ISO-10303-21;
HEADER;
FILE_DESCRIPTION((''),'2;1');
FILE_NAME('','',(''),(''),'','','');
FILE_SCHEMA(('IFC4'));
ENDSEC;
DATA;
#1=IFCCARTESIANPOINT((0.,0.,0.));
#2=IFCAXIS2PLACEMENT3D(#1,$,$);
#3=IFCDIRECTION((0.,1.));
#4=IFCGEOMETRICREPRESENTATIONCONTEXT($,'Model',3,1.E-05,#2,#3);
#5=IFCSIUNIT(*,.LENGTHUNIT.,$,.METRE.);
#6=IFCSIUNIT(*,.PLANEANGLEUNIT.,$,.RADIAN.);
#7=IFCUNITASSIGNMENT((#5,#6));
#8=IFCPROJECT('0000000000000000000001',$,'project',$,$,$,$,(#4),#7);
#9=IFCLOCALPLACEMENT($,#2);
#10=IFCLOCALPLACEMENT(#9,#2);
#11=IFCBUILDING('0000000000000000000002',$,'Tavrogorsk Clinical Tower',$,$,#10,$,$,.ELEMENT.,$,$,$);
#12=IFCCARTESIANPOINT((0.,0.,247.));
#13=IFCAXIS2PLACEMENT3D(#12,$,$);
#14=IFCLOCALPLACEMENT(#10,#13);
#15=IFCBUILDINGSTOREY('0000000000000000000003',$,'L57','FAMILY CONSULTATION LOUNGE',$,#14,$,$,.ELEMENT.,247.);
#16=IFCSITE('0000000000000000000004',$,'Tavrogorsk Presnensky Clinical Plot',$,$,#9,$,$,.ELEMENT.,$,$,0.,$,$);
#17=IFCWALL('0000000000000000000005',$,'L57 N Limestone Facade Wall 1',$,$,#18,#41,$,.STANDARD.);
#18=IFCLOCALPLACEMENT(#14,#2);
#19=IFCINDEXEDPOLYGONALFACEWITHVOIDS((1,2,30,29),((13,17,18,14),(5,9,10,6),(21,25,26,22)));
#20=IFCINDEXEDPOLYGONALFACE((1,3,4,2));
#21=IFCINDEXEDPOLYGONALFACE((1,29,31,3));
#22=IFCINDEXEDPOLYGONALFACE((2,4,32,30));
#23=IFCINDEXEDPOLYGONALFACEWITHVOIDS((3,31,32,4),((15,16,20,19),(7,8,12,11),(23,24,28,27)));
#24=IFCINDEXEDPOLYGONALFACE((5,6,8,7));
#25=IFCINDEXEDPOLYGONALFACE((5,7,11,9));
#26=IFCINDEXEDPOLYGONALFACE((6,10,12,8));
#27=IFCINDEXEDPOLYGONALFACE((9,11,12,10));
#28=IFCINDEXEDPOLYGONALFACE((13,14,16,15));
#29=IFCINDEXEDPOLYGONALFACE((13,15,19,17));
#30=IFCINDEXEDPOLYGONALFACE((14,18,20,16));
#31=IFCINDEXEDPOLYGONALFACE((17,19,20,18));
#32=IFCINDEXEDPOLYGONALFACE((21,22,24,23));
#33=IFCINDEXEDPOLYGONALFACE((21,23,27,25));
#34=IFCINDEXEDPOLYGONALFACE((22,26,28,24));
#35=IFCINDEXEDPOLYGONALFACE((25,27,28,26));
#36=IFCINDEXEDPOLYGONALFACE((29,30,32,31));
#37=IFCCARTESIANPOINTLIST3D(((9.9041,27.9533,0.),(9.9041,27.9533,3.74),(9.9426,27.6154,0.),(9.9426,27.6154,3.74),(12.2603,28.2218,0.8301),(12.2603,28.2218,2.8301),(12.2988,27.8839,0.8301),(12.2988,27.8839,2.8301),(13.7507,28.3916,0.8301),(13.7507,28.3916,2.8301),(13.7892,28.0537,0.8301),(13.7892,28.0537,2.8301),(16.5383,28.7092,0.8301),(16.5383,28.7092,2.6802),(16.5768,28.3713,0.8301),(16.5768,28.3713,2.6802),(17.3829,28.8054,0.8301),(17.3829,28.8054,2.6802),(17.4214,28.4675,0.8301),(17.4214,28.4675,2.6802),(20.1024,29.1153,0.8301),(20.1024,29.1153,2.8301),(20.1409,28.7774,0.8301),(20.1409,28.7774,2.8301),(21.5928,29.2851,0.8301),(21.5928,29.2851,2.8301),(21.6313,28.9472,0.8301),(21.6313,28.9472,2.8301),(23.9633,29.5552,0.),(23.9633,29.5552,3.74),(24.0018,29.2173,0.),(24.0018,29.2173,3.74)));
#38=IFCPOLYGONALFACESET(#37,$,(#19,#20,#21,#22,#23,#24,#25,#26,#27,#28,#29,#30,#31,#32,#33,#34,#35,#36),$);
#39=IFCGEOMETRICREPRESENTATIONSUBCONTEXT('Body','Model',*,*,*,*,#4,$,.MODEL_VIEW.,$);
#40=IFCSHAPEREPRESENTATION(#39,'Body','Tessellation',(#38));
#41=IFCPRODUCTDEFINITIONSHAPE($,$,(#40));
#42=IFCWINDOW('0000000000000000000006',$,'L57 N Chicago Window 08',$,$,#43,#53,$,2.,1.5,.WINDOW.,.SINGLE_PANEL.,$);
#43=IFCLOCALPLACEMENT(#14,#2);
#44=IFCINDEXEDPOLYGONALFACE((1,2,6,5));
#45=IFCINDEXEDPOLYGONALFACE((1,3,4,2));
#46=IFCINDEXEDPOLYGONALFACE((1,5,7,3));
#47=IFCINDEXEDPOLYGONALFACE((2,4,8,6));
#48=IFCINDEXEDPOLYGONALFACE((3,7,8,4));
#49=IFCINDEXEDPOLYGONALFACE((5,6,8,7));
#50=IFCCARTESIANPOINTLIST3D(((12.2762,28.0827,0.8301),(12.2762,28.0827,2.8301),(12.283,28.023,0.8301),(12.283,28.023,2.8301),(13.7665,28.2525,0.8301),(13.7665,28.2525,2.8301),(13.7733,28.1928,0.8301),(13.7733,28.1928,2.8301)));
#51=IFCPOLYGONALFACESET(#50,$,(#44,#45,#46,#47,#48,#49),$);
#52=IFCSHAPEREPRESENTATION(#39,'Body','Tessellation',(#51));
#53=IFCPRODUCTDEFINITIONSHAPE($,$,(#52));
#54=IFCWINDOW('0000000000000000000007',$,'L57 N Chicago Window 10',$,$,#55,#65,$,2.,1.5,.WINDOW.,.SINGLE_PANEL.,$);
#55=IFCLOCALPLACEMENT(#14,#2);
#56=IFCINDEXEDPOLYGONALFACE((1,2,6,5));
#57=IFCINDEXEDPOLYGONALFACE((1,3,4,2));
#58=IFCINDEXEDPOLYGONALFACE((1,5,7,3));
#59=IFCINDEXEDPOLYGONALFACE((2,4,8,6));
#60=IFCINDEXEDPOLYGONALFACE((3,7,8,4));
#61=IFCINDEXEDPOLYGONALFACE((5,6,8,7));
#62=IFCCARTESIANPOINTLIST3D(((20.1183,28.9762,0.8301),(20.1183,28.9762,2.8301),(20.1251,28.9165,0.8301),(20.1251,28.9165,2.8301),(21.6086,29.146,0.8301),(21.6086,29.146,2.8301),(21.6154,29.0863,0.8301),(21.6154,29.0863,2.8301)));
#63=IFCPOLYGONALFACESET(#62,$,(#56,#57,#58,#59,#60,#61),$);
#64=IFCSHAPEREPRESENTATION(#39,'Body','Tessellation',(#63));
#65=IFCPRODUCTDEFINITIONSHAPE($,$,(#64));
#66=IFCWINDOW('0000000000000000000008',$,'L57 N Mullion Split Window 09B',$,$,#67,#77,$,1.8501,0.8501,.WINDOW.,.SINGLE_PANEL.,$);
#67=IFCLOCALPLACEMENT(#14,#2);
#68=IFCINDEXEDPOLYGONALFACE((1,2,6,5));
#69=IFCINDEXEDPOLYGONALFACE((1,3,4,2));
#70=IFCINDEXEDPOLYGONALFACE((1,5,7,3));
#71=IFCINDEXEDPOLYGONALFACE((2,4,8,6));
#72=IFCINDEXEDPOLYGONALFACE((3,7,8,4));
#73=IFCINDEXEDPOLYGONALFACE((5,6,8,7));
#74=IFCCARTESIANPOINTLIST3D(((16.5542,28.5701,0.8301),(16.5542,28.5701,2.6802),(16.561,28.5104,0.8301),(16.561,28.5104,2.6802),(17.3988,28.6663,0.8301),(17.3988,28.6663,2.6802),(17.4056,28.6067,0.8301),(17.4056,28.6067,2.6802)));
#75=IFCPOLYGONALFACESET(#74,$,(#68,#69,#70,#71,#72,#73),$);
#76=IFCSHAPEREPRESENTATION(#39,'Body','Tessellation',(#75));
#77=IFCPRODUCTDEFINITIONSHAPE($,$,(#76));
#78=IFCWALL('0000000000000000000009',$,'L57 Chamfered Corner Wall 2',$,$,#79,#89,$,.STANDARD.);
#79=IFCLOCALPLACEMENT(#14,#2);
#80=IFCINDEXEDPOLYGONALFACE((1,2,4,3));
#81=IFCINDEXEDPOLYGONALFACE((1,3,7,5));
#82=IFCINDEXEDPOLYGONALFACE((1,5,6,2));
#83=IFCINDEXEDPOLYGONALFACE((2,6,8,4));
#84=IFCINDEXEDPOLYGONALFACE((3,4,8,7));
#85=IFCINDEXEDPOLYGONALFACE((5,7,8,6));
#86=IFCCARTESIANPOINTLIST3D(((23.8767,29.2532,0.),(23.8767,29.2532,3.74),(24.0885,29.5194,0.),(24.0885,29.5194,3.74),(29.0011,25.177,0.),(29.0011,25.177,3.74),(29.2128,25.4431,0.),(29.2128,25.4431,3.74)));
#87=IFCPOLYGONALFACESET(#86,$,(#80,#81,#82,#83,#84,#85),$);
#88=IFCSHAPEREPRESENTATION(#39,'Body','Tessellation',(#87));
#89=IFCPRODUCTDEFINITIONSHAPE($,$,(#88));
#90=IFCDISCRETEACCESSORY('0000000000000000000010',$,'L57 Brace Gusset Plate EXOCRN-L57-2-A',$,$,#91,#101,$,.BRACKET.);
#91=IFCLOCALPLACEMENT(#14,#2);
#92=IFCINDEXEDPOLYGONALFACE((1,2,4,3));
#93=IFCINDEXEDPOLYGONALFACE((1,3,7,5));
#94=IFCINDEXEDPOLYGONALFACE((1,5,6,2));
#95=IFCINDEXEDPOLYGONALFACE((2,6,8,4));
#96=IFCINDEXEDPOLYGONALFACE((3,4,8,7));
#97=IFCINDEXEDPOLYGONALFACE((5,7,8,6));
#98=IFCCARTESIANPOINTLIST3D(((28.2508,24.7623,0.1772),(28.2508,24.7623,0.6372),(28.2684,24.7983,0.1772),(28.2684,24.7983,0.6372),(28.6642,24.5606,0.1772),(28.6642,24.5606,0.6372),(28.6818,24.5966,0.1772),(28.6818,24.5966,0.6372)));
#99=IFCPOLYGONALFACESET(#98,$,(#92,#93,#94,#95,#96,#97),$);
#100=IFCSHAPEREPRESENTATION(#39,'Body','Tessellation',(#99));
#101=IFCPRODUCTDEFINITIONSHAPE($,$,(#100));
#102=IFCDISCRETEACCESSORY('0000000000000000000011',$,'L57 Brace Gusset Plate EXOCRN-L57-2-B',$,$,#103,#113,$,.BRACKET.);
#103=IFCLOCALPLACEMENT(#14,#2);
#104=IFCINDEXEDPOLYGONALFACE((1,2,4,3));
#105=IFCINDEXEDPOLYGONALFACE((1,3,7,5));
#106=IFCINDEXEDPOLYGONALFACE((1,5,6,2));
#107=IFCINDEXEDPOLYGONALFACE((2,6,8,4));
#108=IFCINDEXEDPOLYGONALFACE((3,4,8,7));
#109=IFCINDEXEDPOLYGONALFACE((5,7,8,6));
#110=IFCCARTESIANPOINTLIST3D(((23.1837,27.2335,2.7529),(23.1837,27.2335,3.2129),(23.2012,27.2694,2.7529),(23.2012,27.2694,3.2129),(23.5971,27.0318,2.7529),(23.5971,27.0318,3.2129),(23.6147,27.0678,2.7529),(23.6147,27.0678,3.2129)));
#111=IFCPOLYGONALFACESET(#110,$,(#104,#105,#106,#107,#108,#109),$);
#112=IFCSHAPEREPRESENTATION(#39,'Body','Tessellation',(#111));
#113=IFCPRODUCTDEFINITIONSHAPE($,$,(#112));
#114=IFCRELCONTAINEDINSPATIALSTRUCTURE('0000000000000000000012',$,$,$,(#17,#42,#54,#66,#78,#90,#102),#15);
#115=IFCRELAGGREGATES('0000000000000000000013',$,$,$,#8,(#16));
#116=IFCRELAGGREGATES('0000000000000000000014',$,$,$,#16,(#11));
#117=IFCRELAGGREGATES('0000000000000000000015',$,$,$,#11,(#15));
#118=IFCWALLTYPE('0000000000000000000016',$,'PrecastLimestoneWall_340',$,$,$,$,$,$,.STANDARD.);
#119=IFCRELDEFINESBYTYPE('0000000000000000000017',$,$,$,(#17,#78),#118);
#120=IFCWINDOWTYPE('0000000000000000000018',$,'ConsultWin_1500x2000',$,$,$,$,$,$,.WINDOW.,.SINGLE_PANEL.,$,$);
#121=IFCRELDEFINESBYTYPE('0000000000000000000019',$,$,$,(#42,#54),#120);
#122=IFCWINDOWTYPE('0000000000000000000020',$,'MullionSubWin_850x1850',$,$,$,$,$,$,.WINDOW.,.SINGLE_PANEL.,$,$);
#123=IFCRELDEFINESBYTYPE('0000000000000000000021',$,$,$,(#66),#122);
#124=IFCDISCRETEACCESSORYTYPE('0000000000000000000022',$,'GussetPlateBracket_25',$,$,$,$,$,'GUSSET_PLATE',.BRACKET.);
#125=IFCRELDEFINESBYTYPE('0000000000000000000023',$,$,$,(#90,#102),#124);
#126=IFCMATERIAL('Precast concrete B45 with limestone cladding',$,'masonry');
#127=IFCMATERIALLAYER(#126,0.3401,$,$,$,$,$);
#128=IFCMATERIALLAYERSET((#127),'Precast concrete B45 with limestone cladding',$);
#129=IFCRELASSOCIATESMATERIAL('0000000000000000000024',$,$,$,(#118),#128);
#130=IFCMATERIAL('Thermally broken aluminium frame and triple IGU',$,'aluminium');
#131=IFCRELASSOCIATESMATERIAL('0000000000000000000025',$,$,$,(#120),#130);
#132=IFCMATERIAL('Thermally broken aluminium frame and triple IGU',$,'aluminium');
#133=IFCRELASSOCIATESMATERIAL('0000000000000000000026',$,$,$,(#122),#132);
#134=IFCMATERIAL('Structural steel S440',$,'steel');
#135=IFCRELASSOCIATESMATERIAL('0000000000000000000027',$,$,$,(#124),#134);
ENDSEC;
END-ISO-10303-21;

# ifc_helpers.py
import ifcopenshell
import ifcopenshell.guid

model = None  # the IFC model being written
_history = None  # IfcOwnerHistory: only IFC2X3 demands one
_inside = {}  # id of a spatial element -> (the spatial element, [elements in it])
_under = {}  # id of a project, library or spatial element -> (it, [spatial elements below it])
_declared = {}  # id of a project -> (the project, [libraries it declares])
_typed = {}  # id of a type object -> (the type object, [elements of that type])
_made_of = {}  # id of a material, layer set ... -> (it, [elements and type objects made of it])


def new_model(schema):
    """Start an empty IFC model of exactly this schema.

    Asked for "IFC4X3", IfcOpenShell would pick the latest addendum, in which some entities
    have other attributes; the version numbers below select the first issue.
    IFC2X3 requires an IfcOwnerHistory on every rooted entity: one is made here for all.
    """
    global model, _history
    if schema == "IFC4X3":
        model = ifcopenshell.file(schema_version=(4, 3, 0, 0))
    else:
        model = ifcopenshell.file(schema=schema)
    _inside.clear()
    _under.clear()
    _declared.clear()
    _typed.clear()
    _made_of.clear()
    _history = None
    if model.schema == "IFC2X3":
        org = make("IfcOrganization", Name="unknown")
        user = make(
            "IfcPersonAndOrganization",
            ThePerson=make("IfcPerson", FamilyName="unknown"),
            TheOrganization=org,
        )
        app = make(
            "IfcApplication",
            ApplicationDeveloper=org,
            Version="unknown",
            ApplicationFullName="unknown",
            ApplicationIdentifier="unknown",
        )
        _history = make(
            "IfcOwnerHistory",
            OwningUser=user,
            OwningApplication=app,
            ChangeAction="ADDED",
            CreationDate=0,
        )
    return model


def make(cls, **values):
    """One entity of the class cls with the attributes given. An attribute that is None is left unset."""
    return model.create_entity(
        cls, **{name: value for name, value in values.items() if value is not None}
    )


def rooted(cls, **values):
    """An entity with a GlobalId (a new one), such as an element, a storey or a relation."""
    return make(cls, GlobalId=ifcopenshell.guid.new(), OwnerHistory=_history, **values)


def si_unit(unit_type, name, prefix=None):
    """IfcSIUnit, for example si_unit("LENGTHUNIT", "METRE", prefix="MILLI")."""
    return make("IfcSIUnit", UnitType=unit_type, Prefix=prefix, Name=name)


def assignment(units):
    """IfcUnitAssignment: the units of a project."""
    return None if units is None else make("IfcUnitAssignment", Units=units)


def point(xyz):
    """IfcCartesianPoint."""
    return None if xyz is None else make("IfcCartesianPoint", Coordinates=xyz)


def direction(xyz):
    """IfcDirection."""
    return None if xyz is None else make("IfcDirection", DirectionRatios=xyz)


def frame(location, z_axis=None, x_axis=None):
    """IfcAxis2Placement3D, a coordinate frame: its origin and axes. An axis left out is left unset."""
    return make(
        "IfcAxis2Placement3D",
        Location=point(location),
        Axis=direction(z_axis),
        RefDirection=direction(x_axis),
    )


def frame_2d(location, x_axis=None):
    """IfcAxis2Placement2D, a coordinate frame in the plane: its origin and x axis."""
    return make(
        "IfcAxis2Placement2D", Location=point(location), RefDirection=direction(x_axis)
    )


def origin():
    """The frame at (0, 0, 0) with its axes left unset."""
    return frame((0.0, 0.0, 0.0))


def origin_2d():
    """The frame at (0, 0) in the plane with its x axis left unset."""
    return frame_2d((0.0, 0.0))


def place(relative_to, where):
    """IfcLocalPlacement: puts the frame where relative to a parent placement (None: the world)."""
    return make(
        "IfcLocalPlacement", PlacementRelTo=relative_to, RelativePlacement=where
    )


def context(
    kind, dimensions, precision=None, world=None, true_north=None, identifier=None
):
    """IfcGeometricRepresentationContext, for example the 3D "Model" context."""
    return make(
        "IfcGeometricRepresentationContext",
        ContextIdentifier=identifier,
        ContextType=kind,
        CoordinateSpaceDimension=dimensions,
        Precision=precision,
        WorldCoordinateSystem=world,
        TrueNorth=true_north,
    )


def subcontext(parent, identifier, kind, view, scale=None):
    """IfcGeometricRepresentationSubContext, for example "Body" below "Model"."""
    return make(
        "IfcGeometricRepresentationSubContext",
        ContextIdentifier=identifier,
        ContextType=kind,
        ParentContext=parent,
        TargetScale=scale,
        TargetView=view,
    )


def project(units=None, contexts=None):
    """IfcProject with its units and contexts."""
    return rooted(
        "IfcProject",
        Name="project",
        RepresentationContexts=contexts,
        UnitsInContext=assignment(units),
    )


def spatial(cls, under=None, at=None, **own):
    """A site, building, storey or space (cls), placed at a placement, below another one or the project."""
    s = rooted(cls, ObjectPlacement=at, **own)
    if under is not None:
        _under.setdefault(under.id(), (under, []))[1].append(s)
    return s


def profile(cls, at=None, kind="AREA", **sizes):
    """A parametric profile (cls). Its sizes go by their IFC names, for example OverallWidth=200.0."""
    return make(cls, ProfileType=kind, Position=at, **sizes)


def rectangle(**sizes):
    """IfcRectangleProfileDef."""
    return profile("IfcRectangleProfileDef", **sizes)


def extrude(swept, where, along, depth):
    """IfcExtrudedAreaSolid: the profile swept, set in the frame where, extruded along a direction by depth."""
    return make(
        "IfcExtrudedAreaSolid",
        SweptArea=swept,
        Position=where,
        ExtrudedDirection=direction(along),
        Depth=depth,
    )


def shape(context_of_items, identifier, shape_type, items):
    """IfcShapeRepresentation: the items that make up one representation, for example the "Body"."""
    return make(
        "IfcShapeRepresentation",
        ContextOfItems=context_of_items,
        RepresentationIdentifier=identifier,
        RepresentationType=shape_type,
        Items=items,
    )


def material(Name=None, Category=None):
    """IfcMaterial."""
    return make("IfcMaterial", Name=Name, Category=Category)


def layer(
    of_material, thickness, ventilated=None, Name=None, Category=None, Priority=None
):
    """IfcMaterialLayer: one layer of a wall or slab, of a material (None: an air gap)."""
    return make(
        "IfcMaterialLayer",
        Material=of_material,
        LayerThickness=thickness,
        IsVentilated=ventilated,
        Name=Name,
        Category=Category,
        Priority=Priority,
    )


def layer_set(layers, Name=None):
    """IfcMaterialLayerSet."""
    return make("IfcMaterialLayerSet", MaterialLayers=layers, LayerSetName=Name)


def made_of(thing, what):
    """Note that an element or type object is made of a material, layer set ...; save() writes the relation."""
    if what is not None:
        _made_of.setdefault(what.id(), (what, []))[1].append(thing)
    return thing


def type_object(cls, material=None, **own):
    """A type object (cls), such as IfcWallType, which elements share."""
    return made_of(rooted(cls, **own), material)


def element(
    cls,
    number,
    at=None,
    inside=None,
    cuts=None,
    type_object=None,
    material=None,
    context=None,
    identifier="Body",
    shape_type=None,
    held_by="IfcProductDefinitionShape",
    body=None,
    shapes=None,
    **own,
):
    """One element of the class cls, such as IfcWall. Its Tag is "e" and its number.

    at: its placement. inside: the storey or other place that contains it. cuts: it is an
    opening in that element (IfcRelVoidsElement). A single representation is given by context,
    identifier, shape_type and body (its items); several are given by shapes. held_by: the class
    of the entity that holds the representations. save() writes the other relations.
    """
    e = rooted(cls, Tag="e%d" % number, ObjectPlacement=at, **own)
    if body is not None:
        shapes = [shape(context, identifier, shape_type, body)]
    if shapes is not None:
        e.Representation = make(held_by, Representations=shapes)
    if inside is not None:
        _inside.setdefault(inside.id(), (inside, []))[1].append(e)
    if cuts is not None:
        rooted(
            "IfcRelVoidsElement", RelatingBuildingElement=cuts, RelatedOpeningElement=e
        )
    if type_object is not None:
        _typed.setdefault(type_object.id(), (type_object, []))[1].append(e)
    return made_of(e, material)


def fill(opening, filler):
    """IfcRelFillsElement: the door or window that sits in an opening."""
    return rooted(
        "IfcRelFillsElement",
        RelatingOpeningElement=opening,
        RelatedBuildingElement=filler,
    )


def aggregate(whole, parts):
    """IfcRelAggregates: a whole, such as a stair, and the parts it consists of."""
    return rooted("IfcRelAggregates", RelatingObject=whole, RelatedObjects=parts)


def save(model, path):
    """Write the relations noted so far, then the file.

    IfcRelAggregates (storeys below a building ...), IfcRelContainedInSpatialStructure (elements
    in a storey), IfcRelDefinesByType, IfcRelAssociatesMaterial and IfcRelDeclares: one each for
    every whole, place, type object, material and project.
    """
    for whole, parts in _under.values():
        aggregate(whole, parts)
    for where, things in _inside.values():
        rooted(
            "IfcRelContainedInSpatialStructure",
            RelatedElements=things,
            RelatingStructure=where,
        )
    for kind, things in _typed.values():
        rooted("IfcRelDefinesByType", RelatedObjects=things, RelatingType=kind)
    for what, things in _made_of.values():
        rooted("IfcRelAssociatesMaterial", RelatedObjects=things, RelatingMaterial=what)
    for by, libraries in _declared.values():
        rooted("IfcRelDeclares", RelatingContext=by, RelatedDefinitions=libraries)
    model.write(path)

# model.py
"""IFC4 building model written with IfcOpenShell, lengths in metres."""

from ifc_helpers import new_model, si_unit, direction, frame, frame_2d, origin, origin_2d, place, context, subcontext, project, spatial, rectangle, extrude, material, layer, layer_set, type_object, element, fill, save


model = new_model("IFC4")

# Units and contexts
model_context = context("Model", 3, precision=1e-05, world=origin(), true_north=direction((0.0, 1.0)))
body_context = subcontext(model_context, "Body", "Model", "MODEL_VIEW")
ifc_project = project(units=[si_unit("LENGTHUNIT", "METRE"), si_unit("PLANEANGLEUNIT", "RADIAN")], contexts=[model_context])

# Site, building, storey
site_placement = place(None, origin())
site = spatial("IfcSite", under=ifc_project, at=site_placement, Name="Tavrogorsk Presnensky Clinical Plot", CompositionType="ELEMENT", RefElevation=0.0)
building_placement = place(site_placement, origin())
building = spatial("IfcBuilding", under=site, at=building_placement, Name="Tavrogorsk Clinical Tower", CompositionType="ELEMENT")
storey_placement = place(building_placement, frame((0.0, 0.0, 247.0)))
storey = spatial("IfcBuildingStorey", under=building, at=storey_placement, Name="L57", Description="FAMILY CONSULTATION LOUNGE", CompositionType="ELEMENT", Elevation=247.0)

# Wall, openings, windows
ifc_material_1 = material(Name="Precast concrete B45 with limestone cladding", Category="masonry")
ifc_layer_1 = layer(ifc_material_1, 0.3401)
ifc_layer_set_1 = layer_set([ifc_layer_1], Name="Precast concrete B45 with limestone cladding")
wall_type_1 = type_object("IfcWallType", Name="PrecastLimestoneWall_340", PredefinedType="STANDARD", material=ifc_layer_set_1)
wall_1_placement = place(storey_placement, frame((23.9827, 29.3862, 0.0), z_axis=(0.0, 0.0, 1.0), x_axis=(-0.993572, -0.113202, 0.0)))
wall_1 = element("IfcWall", 1, at=wall_1_placement, inside=storey, type_object=wall_type_1, Name="L57 N Limestone Facade Wall 1", PredefinedType="STANDARD", context=body_context, shape_type="SweptSolid", body=[
    extrude(rectangle(XDim=14.1501, YDim=0.3401, at=frame_2d((7.0752, 0.0))), origin(), (0.0, 0.0, 1.0), 3.74),
])
opening_1_placement = place(wall_1_placement, frame((10.2788, 0.0, 0.8301)))
opening_1 = element("IfcOpeningElement", 2, at=opening_1_placement, cuts=wall_1, PredefinedType="OPENING", context=body_context, shape_type="SweptSolid", body=[
    extrude(rectangle(XDim=1.5, YDim=2.0, at=frame_2d((0.75, 1.0))), frame((0.0, 0.1799, 0.0), z_axis=(0.0, -1.0, 0.0), x_axis=(1.0, 0.0, 0.0)), (0.0, 0.0, 1.0), 0.3601),
])
opening_2_placement = place(wall_1_placement, frame((6.623, 0.0, 0.8301)))
opening_2 = element("IfcOpeningElement", 3, at=opening_2_placement, cuts=wall_1, PredefinedType="OPENING", context=body_context, shape_type="SweptSolid", body=[
    extrude(rectangle(XDim=0.8501, YDim=1.8501, at=frame_2d((0.425, 0.925))), frame((0.0, 0.1799, 0.0), z_axis=(0.0, -1.0, 0.0), x_axis=(1.0, 0.0, 0.0)), (0.0, 0.0, 1.0), 0.3601),
])
opening_3_placement = place(wall_1_placement, frame((2.386, 0.0, 0.8301)))
opening_3 = element("IfcOpeningElement", 4, at=opening_3_placement, cuts=wall_1, PredefinedType="OPENING", context=body_context, shape_type="SweptSolid", body=[
    extrude(rectangle(XDim=1.5, YDim=2.0, at=frame_2d((0.75, 1.0))), frame((0.0, 0.1799, 0.0), z_axis=(0.0, -1.0, 0.0), x_axis=(1.0, 0.0, 0.0)), (0.0, 0.0, 1.0), 0.3601),
])
ifc_material_2 = material(Name="Thermally broken aluminium frame and triple IGU", Category="aluminium")
window_type_1 = type_object("IfcWindowType", Name="ConsultWin_1500x2000", PartitioningType="SINGLE_PANEL", PredefinedType="WINDOW", material=ifc_material_2)
window_1_placement = place(opening_1_placement, origin())
window_1 = element("IfcWindow", 5, at=window_1_placement, inside=storey, type_object=window_type_1, Name="L57 N Chicago Window 08", OverallHeight=2.0, OverallWidth=1.5, PartitioningType="SINGLE_PANEL", PredefinedType="WINDOW", context=body_context, shape_type="SweptSolid", body=[
    extrude(rectangle(XDim=1.5, YDim=2.0, at=frame_2d((0.75, 1.0))), frame((0.0, 0.03, 0.0), z_axis=(0.0, -1.0, 0.0), x_axis=(1.0, 0.0, 0.0)), (0.0, 0.0, 1.0), 0.0601),
])
fill(opening_1, window_1)
window_2_placement = place(opening_3_placement, origin())
window_2 = element("IfcWindow", 6, at=window_2_placement, inside=storey, type_object=window_type_1, Name="L57 N Chicago Window 10", OverallHeight=2.0, OverallWidth=1.5, PartitioningType="SINGLE_PANEL", PredefinedType="WINDOW", context=body_context, shape_type="SweptSolid", body=[
    extrude(rectangle(XDim=1.5, YDim=2.0, at=frame_2d((0.75, 1.0))), frame((0.0, 0.03, 0.0), z_axis=(0.0, -1.0, 0.0), x_axis=(1.0, 0.0, 0.0)), (0.0, 0.0, 1.0), 0.0601),
])
fill(opening_3, window_2)
ifc_material_3 = material(Name="Thermally broken aluminium frame and triple IGU", Category="aluminium")
window_type_2 = type_object("IfcWindowType", Name="MullionSubWin_850x1850", PartitioningType="SINGLE_PANEL", PredefinedType="WINDOW", material=ifc_material_3)
window_3_placement = place(opening_2_placement, origin())
window_3 = element("IfcWindow", 7, at=window_3_placement, inside=storey, type_object=window_type_2, Name="L57 N Mullion Split Window 09B", OverallHeight=1.8501, OverallWidth=0.8501, PartitioningType="SINGLE_PANEL", PredefinedType="WINDOW", context=body_context, shape_type="SweptSolid", body=[
    extrude(rectangle(XDim=0.8501, YDim=1.8501, at=frame_2d((0.425, 0.925))), frame((0.0, 0.03, 0.0), z_axis=(0.0, -1.0, 0.0), x_axis=(1.0, 0.0, 0.0)), (0.0, 0.0, 1.0), 0.0601),
])
fill(opening_2, window_3)

# Wall
wall_2_placement = place(storey_placement, frame((29.1069, 25.3101, 0.0), z_axis=(0.0, 0.0, 1.0), x_axis=(-0.782597, 0.622528, 0.0)))
element("IfcWall", 8, at=wall_2_placement, inside=storey, type_object=wall_type_1, Name="L57 Chamfered Corner Wall 2", PredefinedType="STANDARD", context=body_context, shape_type="SweptSolid", body=[
    extrude(rectangle(XDim=6.5479, YDim=0.3401, at=frame_2d((3.2739, 0.0))), origin(), (0.0, 0.0, 1.0), 3.74),
])

# Discrete accessories
ifc_material_4 = material(Name="Structural steel S440", Category="steel")
discrete_accessory_type = type_object("IfcDiscreteAccessoryType", Name="GussetPlateBracket_25", ElementType="GUSSET_PLATE", PredefinedType="BRACKET", material=ifc_material_4)
for number, where, z_axis, x_axis, name in (
    (9, (28.4663, 24.6794, 0.1772), (0.0, 0.0, 1.0), (-0.898794, 0.438371, 0.0), "L57 Brace Gusset Plate EXOCRN-L57-2-A"),
    (10, (23.3992, 27.1506, 2.7529), (0.0, 0.0, 1.0), (-0.898794, 0.438371, 0.0), "L57 Brace Gusset Plate EXOCRN-L57-2-B"),
):
    element("IfcDiscreteAccessory", number, at=place(storey_placement, frame(where, z_axis=z_axis, x_axis=x_axis)), inside=storey, type_object=discrete_accessory_type, Name=name, PredefinedType="BRACKET", context=body_context, shape_type="SweptSolid", body=[
        extrude(rectangle(XDim=0.46, YDim=0.04, at=origin_2d()), origin(), (0.0, 0.0, 1.0), 0.46),
    ])

save(model, "model.ifc")
